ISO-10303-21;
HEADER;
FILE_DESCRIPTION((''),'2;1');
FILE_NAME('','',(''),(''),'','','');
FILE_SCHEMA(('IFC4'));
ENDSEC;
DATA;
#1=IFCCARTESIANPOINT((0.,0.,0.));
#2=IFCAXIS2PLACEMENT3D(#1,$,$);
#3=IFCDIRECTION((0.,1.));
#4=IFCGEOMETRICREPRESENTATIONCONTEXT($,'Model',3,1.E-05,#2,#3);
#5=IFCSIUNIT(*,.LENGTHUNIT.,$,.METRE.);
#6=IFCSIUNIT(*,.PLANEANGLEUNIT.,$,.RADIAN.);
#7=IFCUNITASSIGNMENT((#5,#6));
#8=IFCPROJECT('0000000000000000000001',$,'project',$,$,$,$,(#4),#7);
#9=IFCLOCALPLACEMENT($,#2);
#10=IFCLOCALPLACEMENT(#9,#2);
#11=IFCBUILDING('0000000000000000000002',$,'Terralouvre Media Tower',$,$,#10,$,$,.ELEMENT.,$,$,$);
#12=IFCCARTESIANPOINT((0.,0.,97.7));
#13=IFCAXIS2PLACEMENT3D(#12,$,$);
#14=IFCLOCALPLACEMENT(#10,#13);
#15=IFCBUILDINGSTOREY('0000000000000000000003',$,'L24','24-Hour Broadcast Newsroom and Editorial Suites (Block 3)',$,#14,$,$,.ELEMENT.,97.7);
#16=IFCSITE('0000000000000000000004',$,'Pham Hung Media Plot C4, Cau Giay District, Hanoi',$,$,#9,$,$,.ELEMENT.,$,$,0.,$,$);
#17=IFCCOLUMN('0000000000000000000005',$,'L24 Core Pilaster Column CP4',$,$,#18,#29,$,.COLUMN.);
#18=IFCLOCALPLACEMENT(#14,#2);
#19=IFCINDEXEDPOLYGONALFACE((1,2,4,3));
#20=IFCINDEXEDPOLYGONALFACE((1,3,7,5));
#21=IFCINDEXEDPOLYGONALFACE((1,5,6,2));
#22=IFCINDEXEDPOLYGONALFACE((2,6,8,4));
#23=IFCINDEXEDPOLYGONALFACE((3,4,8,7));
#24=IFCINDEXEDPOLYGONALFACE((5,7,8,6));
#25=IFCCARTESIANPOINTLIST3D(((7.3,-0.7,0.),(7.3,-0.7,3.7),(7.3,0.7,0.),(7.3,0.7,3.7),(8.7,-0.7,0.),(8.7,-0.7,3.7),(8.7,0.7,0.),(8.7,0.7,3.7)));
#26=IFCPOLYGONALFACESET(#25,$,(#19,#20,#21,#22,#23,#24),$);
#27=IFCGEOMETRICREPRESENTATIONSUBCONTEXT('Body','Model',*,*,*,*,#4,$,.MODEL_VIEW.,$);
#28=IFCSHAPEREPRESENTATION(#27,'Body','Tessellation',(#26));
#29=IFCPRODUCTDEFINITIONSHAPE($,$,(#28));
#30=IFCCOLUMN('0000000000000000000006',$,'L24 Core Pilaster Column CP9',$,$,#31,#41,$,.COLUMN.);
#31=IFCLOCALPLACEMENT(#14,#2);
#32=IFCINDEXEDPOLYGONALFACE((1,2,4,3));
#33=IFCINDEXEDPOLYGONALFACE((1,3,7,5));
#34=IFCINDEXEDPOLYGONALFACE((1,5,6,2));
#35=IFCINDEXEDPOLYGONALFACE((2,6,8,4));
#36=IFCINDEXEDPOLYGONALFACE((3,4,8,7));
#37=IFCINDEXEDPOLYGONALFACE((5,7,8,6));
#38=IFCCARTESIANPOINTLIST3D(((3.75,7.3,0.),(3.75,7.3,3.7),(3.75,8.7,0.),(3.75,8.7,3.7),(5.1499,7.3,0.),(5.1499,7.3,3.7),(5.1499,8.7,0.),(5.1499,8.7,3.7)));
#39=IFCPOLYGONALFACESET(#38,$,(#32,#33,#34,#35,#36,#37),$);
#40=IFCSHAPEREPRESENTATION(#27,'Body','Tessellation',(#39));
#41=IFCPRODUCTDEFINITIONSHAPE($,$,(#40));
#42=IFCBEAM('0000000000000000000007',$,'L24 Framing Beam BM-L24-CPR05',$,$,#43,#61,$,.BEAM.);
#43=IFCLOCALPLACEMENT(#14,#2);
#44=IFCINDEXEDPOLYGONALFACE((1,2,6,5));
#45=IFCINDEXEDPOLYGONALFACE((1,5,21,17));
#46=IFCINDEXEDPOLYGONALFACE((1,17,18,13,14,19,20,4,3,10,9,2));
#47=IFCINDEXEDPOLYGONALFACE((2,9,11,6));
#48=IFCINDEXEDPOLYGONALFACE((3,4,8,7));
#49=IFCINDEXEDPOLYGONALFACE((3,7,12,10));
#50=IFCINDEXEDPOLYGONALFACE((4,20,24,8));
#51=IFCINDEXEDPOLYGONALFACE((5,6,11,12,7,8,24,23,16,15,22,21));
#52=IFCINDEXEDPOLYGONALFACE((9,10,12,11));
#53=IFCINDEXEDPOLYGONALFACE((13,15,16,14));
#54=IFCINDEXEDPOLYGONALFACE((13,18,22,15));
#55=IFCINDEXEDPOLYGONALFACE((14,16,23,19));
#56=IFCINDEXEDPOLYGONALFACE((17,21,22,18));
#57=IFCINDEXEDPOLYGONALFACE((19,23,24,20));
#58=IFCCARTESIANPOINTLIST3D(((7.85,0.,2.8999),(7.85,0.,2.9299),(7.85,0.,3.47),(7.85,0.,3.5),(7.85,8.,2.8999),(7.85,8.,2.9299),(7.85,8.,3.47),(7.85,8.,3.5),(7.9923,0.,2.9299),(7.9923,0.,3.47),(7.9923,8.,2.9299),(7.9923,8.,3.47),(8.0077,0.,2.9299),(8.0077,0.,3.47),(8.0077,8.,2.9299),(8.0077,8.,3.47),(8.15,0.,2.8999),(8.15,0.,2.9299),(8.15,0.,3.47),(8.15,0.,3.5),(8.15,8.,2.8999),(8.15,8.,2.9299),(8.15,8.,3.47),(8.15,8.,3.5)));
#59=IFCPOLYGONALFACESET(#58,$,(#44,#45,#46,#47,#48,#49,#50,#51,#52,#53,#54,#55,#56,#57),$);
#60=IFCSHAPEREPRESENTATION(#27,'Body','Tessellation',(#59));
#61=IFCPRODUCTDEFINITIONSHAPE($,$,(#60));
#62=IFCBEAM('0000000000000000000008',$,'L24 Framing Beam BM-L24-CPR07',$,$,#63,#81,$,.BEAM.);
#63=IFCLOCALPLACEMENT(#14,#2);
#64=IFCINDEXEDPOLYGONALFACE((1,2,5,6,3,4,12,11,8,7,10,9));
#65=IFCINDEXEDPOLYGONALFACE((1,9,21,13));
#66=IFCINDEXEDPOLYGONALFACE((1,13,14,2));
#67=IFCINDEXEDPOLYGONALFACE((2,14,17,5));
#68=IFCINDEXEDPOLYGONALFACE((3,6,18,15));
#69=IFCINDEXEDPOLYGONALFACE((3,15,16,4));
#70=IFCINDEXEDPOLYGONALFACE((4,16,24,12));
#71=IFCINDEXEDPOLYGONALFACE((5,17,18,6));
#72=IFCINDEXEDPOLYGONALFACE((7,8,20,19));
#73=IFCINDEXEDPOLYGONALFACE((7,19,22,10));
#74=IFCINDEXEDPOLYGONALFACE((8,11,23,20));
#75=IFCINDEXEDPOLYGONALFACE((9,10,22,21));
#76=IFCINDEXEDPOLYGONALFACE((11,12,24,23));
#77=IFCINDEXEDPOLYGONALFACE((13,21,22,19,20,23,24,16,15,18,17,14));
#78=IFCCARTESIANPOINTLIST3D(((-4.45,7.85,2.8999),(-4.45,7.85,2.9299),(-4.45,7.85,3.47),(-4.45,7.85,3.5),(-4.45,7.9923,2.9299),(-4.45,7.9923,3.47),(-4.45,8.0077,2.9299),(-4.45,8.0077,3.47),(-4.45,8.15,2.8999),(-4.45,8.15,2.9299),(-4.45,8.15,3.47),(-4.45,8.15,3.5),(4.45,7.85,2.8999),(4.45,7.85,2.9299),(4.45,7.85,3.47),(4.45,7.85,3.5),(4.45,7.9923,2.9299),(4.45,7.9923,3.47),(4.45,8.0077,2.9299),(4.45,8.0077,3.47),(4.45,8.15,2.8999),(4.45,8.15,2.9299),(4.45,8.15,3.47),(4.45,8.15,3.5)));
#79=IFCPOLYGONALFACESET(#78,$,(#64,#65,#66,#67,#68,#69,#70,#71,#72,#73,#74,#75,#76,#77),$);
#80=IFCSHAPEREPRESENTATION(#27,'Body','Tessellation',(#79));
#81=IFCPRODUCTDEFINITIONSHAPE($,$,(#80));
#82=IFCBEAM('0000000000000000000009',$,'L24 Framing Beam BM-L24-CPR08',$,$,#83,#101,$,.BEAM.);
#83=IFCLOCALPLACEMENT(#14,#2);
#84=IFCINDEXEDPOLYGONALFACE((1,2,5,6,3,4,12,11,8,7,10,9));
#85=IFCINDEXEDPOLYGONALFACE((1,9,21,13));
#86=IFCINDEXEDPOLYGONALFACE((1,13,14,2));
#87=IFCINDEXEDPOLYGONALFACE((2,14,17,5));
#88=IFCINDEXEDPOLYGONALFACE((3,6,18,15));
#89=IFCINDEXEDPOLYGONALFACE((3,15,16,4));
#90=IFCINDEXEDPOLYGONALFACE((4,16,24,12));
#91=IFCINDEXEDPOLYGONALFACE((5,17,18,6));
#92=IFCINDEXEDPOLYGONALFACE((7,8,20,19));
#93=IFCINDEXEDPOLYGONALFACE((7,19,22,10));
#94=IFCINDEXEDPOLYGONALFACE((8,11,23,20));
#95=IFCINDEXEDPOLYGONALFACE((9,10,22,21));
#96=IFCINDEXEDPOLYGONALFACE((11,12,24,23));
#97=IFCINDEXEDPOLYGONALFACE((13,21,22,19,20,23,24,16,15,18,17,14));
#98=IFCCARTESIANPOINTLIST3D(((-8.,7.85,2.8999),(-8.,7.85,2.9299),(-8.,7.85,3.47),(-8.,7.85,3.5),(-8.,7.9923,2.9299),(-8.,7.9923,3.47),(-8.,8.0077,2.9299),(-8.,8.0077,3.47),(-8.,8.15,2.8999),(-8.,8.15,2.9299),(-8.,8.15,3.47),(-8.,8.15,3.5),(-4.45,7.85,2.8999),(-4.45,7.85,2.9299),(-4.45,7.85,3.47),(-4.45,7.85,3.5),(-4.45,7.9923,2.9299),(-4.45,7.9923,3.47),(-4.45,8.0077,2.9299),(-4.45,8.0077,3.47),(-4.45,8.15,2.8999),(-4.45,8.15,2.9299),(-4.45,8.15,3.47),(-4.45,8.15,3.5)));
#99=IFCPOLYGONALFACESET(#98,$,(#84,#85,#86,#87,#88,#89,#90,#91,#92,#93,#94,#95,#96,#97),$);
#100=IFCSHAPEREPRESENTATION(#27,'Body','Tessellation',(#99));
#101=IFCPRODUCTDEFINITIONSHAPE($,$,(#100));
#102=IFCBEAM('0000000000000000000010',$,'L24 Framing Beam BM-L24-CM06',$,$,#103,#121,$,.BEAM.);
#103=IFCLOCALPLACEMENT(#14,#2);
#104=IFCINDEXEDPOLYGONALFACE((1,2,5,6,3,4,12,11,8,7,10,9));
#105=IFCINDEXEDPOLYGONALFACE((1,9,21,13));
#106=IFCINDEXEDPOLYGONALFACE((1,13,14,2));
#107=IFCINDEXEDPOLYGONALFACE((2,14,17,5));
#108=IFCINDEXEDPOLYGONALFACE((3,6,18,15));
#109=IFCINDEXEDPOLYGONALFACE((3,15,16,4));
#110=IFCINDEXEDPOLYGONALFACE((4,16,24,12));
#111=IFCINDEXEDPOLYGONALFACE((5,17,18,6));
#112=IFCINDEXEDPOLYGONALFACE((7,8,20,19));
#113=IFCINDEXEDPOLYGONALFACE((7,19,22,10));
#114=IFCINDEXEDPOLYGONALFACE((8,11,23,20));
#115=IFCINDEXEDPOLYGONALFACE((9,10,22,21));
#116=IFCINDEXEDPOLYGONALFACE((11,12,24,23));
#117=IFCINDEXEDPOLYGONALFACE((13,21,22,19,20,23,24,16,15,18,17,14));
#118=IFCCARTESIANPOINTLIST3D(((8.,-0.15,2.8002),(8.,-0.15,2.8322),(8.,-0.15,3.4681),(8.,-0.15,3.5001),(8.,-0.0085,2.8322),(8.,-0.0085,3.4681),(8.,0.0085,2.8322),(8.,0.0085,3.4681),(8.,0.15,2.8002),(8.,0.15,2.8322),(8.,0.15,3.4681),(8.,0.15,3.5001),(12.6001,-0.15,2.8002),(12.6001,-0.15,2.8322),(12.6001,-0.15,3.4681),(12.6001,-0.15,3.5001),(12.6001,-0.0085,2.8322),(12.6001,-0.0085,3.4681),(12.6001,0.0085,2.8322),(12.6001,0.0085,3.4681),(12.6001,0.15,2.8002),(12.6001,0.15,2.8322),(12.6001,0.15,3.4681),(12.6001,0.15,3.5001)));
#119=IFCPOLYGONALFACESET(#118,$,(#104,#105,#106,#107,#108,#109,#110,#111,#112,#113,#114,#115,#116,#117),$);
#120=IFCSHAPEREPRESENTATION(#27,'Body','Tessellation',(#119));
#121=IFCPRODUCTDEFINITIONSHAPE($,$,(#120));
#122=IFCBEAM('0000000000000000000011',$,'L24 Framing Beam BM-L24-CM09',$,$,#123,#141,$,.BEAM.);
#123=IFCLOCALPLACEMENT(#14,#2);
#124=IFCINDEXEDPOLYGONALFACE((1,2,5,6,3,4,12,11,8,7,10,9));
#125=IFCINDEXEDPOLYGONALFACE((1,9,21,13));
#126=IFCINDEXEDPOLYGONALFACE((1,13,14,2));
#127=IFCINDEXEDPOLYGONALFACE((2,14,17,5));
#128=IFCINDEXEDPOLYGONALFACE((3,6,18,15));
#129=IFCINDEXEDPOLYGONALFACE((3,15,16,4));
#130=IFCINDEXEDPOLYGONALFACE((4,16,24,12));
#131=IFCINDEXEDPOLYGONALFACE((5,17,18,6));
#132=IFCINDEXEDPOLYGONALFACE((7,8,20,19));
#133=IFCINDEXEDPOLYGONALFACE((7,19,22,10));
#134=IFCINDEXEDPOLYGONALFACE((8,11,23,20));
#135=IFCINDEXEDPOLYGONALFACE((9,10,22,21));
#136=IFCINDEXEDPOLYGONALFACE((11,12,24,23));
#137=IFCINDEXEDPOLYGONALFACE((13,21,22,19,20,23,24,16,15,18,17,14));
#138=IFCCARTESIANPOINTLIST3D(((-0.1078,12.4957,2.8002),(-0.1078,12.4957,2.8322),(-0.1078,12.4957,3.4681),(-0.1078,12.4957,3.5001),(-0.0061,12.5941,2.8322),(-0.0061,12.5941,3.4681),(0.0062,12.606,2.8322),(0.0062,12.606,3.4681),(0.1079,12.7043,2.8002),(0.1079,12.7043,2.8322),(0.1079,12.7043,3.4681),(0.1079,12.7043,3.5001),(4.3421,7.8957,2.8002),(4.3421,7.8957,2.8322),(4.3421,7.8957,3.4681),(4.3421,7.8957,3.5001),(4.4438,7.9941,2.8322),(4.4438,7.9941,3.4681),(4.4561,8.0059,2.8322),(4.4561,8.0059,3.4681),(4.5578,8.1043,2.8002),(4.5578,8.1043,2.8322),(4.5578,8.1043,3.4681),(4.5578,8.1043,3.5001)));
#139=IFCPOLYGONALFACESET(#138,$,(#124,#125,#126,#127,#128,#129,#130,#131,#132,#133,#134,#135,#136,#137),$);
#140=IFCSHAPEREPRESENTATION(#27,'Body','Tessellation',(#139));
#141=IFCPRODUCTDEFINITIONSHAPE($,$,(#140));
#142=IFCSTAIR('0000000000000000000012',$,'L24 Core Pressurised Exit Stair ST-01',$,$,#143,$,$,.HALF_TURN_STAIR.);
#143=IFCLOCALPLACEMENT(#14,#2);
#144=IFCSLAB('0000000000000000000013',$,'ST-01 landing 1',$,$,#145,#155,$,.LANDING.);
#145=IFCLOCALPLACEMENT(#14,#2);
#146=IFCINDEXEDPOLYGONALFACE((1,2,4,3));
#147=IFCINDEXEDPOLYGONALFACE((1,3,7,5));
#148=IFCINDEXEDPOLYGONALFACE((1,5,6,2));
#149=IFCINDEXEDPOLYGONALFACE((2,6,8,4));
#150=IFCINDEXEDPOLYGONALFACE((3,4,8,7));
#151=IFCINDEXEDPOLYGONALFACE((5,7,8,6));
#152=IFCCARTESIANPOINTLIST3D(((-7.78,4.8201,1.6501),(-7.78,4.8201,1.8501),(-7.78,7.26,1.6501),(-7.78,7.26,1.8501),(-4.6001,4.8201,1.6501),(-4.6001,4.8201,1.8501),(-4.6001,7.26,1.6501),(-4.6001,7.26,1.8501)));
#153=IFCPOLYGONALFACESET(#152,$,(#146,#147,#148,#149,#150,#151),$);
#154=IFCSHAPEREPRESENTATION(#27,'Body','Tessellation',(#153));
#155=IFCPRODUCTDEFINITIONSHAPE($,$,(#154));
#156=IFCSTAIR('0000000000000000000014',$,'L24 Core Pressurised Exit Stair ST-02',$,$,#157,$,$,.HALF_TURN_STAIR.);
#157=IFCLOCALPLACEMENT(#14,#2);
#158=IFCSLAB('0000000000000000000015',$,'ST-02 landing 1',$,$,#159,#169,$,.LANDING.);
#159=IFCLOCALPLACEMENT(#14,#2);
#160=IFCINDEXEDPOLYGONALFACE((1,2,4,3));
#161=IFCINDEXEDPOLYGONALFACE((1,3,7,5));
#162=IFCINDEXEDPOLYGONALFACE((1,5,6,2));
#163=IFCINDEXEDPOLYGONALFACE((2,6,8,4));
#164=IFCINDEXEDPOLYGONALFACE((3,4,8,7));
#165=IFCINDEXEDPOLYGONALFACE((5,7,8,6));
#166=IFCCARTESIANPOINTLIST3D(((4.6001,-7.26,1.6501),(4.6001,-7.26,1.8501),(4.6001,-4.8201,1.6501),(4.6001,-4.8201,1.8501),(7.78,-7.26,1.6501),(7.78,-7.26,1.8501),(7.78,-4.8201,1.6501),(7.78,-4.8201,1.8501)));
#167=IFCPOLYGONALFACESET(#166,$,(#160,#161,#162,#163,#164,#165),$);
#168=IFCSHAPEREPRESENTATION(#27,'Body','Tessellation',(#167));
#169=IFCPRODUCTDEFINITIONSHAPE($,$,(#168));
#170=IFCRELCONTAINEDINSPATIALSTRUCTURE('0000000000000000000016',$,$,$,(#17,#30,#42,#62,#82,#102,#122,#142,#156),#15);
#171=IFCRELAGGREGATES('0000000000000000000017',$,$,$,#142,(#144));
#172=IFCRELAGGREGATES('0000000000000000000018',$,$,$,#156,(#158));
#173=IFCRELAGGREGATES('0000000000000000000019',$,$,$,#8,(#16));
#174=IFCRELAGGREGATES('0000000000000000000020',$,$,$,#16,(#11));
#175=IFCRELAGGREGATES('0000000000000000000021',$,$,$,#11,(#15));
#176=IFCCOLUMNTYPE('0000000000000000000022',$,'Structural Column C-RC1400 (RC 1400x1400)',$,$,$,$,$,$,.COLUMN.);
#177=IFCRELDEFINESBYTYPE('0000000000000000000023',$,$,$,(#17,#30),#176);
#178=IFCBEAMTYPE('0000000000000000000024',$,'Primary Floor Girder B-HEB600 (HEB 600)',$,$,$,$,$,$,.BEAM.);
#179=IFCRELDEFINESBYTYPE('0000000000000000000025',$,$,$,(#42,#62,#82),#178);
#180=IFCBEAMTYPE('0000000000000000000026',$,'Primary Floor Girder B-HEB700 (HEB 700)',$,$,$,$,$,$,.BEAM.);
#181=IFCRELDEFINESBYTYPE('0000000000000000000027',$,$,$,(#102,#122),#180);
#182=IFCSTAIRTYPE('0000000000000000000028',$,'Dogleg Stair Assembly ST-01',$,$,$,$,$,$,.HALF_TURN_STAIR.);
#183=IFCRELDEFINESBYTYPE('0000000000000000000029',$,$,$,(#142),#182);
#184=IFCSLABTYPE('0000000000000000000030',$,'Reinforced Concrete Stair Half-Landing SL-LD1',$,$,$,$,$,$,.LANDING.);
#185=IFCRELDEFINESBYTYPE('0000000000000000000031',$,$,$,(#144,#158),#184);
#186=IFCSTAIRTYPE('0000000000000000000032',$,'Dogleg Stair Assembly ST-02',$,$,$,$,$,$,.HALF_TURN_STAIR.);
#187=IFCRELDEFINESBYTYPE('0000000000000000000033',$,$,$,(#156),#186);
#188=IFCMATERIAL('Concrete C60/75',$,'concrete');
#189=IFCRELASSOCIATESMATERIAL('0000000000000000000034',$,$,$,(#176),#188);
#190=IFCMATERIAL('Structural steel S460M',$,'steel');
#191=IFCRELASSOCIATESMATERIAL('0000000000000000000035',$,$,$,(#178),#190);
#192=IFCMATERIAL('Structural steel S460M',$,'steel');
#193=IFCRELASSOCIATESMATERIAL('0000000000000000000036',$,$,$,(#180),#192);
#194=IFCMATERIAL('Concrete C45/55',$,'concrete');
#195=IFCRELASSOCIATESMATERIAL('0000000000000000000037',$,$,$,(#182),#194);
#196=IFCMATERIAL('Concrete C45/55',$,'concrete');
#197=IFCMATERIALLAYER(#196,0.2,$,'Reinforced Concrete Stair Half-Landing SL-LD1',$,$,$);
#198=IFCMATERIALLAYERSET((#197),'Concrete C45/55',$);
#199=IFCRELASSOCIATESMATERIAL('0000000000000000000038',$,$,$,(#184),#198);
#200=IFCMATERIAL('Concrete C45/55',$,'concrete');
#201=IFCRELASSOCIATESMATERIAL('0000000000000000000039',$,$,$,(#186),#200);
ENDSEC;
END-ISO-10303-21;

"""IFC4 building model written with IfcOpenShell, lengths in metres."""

from ifc_helpers import new_model, si_unit, direction, frame, origin, origin_2d, place, context, subcontext, project, spatial, polyline, rectangle, i_section, outline, extrude, material, layer, layer_set, material_profile, profile_set, type_object, element, aggregate, save


model = new_model("IFC4")

# Units and contexts
model_context = context("Model", 3, precision=1e-05, world=origin(), true_north=direction((0.0, 1.0)))
body_context = subcontext(model_context, "Body", "Model", "MODEL_VIEW")
ifc_project = project(units=[si_unit("LENGTHUNIT", "METRE"), si_unit("PLANEANGLEUNIT", "RADIAN")], contexts=[model_context])

# Site, building, storey
site_placement = place(None, origin())
site = spatial("IfcSite", under=ifc_project, at=site_placement, Name="Pham Hung Media Plot C4, Cau Giay District, Hanoi", CompositionType="ELEMENT", RefElevation=0.0)
building_placement = place(site_placement, origin())
building = spatial("IfcBuilding", under=site, at=building_placement, Name="Terralouvre Media Tower", CompositionType="ELEMENT")
storey_placement = place(building_placement, frame((0.0, 0.0, 97.7)))
storey = spatial("IfcBuildingStorey", under=building, at=storey_placement, Name="L24", Description="24-Hour Broadcast Newsroom and Editorial Suites (Block 3)", CompositionType="ELEMENT", Elevation=97.7)

# Columns
ifc_material_1 = material(Name="Concrete C60/75", Category="concrete")
ifc_material_profile_1 = material_profile(ifc_material_1, rectangle(XDim=1.3999, YDim=1.3999, at=origin_2d()), Name="RC 1400x1400")
ifc_profile_set_1 = profile_set([ifc_material_profile_1], Name="Concrete C60/75")
column_type = type_object("IfcColumnType", Name="Structural Column C-RC1400 (RC 1400x1400)", PredefinedType="COLUMN", material=ifc_profile_set_1)
for number, where, z_axis, x_axis, name in (
    (1, (8.0, 0.0, 0.0), (0.0, 0.0, 1.0), (1.0, 0.0, 0.0), "L24 Core Pilaster Column CP4"),
    (2, (4.45, 8.0, 0.0), (0.0, 0.0, 1.0), (1.0, 0.0, 0.0), "L24 Core Pilaster Column CP9"),
):
    element("IfcColumn", number, at=place(storey_placement, frame(where, z_axis=z_axis, x_axis=x_axis)), inside=storey, type_object=column_type, Name=name, PredefinedType="COLUMN", context=body_context, shape_type="SweptSolid", body=[
        extrude(rectangle(XDim=1.3999, YDim=1.3999, at=origin_2d()), origin(), (0.0, 0.0, 1.0), 3.7),
    ])

# Beams
ifc_material_2 = material(Name="Structural steel S460M", Category="steel")
ifc_material_profile_2 = material_profile(ifc_material_2, i_section(OverallWidth=0.3, OverallDepth=0.6001, WebThickness=0.0154, FlangeThickness=0.03, at=origin_2d()), Name="HEB 600")
ifc_profile_set_2 = profile_set([ifc_material_profile_2], Name="Structural steel S460M")
beam_type_1 = type_object("IfcBeamType", Name="Primary Floor Girder B-HEB600 (HEB 600)", PredefinedType="BEAM", material=ifc_profile_set_2)
beam_1_placement = place(storey_placement, frame((8.0, 0.0, 3.2), z_axis=(0.0, 1.0, 0.0), x_axis=(-1.0, 0.0, 0.0)))
element("IfcBeam", 3, at=beam_1_placement, inside=storey, type_object=beam_type_1, Name="L24 Framing Beam BM-L24-CPR05", PredefinedType="BEAM", context=body_context, shape_type="SweptSolid", body=[
    extrude(i_section(OverallWidth=0.3, OverallDepth=0.6001, WebThickness=0.0154, FlangeThickness=0.03, at=origin_2d()), origin(), (0.0, 0.0, 1.0), 8.0),
])
beam_2_placement = place(storey_placement, frame((4.45, 8.0, 3.2), z_axis=(-1.0, 0.0, 0.0), x_axis=(0.0, -1.0, 0.0)))
element("IfcBeam", 4, at=beam_2_placement, inside=storey, type_object=beam_type_1, Name="L24 Framing Beam BM-L24-CPR07", PredefinedType="BEAM", context=body_context, shape_type="SweptSolid", body=[
    extrude(i_section(OverallWidth=0.3, OverallDepth=0.6001, WebThickness=0.0154, FlangeThickness=0.03, at=origin_2d()), origin(), (0.0, 0.0, 1.0), 8.8999),
])
beam_3_placement = place(storey_placement, frame((-4.45, 8.0, 3.2), z_axis=(-1.0, 0.0, 0.0), x_axis=(0.0, -1.0, 0.0)))
element("IfcBeam", 5, at=beam_3_placement, inside=storey, type_object=beam_type_1, Name="L24 Framing Beam BM-L24-CPR08", PredefinedType="BEAM", context=body_context, shape_type="SweptSolid", body=[
    extrude(i_section(OverallWidth=0.3, OverallDepth=0.6001, WebThickness=0.0154, FlangeThickness=0.03, at=origin_2d()), origin(), (0.0, 0.0, 1.0), 3.55),
])
ifc_material_3 = material(Name="Structural steel S460M", Category="steel")
ifc_material_profile_3 = material_profile(ifc_material_3, i_section(OverallWidth=0.3, OverallDepth=0.7, WebThickness=0.0171, FlangeThickness=0.032, at=origin_2d()), Name="HEB 700")
ifc_profile_set_3 = profile_set([ifc_material_profile_3], Name="Structural steel S460M")
beam_type_2 = type_object("IfcBeamType", Name="Primary Floor Girder B-HEB700 (HEB 700)", PredefinedType="BEAM", material=ifc_profile_set_3)
beam_4_placement = place(storey_placement, frame((8.0, 0.0, 3.1501), z_axis=(1.0, 0.0, 0.0), x_axis=(0.0, 1.0, 0.0)))
element("IfcBeam", 6, at=beam_4_placement, inside=storey, type_object=beam_type_2, Name="L24 Framing Beam BM-L24-CM06", PredefinedType="BEAM", context=body_context, shape_type="SweptSolid", body=[
    extrude(i_section(OverallWidth=0.3, OverallDepth=0.7, WebThickness=0.0171, FlangeThickness=0.032, at=origin_2d()), origin(), (0.0, 0.0, 1.0), 4.6001),
])
beam_5_placement = place(storey_placement, frame((4.45, 8.0, 3.1501), z_axis=(-0.69528, 0.718739, 0.0), x_axis=(-0.718739, -0.69528, 0.0)))
element("IfcBeam", 7, at=beam_5_placement, inside=storey, type_object=beam_type_2, Name="L24 Framing Beam BM-L24-CM09", PredefinedType="BEAM", context=body_context, shape_type="SweptSolid", body=[
    extrude(i_section(OverallWidth=0.3, OverallDepth=0.7, WebThickness=0.0171, FlangeThickness=0.032, at=origin_2d()), origin(), (0.0, 0.0, 1.0), 6.4001),
])

# Stairs, slabs
ifc_material_4 = material(Name="Concrete C45/55", Category="concrete")
stair_type_1 = type_object("IfcStairType", Name="Dogleg Stair Assembly ST-01", PredefinedType="HALF_TURN_STAIR", material=ifc_material_4)
stair_1_placement = place(storey_placement, origin())
stair_1 = element("IfcStair", 8, at=stair_1_placement, inside=storey, type_object=stair_type_1, Name="L24 Core Pressurised Exit Stair ST-01", PredefinedType="HALF_TURN_STAIR")
ifc_material_5 = material(Name="Concrete C45/55", Category="concrete")
ifc_layer_1 = layer(ifc_material_5, 0.2, Name="Reinforced Concrete Stair Half-Landing SL-LD1")
ifc_layer_set_1 = layer_set([ifc_layer_1], Name="Concrete C45/55")
slab_type_1 = type_object("IfcSlabType", Name="Reinforced Concrete Stair Half-Landing SL-LD1", PredefinedType="LANDING", material=ifc_layer_set_1)
slab_1_placement = place(storey_placement, frame((0.0, 0.0, 1.6501)))
slab_1 = element("IfcSlab", 9, at=slab_1_placement, type_object=slab_type_1, Name="ST-01 landing 1", PredefinedType="LANDING", context=body_context, shape_type="SweptSolid", body=[
    extrude(outline(polyline([(-4.6001, 4.8201), (-4.6001, 7.26), (-7.78, 7.26), (-7.78, 4.8201), (-4.6001, 4.8201)])), origin(), (0.0, 0.0, 1.0), 0.2),
])
aggregate(stair_1, [slab_1])
ifc_material_6 = material(Name="Concrete C45/55", Category="concrete")
stair_type_2 = type_object("IfcStairType", Name="Dogleg Stair Assembly ST-02", PredefinedType="HALF_TURN_STAIR", material=ifc_material_6)
stair_2_placement = place(storey_placement, origin())
stair_2 = element("IfcStair", 10, at=stair_2_placement, inside=storey, type_object=stair_type_2, Name="L24 Core Pressurised Exit Stair ST-02", PredefinedType="HALF_TURN_STAIR")
slab_2_placement = place(storey_placement, frame((0.0, 0.0, 1.6501)))
slab_2 = element("IfcSlab", 11, at=slab_2_placement, type_object=slab_type_1, Name="ST-02 landing 1", PredefinedType="LANDING", context=body_context, shape_type="SweptSolid", body=[
    extrude(outline(polyline([(4.6001, -4.8201), (4.6001, -7.26), (7.78, -7.26), (7.78, -4.8201), (4.6001, -4.8201)])), origin(), (0.0, 0.0, 1.0), 0.2),
])
aggregate(stair_2, [slab_2])

save(model, "model.ifc")
